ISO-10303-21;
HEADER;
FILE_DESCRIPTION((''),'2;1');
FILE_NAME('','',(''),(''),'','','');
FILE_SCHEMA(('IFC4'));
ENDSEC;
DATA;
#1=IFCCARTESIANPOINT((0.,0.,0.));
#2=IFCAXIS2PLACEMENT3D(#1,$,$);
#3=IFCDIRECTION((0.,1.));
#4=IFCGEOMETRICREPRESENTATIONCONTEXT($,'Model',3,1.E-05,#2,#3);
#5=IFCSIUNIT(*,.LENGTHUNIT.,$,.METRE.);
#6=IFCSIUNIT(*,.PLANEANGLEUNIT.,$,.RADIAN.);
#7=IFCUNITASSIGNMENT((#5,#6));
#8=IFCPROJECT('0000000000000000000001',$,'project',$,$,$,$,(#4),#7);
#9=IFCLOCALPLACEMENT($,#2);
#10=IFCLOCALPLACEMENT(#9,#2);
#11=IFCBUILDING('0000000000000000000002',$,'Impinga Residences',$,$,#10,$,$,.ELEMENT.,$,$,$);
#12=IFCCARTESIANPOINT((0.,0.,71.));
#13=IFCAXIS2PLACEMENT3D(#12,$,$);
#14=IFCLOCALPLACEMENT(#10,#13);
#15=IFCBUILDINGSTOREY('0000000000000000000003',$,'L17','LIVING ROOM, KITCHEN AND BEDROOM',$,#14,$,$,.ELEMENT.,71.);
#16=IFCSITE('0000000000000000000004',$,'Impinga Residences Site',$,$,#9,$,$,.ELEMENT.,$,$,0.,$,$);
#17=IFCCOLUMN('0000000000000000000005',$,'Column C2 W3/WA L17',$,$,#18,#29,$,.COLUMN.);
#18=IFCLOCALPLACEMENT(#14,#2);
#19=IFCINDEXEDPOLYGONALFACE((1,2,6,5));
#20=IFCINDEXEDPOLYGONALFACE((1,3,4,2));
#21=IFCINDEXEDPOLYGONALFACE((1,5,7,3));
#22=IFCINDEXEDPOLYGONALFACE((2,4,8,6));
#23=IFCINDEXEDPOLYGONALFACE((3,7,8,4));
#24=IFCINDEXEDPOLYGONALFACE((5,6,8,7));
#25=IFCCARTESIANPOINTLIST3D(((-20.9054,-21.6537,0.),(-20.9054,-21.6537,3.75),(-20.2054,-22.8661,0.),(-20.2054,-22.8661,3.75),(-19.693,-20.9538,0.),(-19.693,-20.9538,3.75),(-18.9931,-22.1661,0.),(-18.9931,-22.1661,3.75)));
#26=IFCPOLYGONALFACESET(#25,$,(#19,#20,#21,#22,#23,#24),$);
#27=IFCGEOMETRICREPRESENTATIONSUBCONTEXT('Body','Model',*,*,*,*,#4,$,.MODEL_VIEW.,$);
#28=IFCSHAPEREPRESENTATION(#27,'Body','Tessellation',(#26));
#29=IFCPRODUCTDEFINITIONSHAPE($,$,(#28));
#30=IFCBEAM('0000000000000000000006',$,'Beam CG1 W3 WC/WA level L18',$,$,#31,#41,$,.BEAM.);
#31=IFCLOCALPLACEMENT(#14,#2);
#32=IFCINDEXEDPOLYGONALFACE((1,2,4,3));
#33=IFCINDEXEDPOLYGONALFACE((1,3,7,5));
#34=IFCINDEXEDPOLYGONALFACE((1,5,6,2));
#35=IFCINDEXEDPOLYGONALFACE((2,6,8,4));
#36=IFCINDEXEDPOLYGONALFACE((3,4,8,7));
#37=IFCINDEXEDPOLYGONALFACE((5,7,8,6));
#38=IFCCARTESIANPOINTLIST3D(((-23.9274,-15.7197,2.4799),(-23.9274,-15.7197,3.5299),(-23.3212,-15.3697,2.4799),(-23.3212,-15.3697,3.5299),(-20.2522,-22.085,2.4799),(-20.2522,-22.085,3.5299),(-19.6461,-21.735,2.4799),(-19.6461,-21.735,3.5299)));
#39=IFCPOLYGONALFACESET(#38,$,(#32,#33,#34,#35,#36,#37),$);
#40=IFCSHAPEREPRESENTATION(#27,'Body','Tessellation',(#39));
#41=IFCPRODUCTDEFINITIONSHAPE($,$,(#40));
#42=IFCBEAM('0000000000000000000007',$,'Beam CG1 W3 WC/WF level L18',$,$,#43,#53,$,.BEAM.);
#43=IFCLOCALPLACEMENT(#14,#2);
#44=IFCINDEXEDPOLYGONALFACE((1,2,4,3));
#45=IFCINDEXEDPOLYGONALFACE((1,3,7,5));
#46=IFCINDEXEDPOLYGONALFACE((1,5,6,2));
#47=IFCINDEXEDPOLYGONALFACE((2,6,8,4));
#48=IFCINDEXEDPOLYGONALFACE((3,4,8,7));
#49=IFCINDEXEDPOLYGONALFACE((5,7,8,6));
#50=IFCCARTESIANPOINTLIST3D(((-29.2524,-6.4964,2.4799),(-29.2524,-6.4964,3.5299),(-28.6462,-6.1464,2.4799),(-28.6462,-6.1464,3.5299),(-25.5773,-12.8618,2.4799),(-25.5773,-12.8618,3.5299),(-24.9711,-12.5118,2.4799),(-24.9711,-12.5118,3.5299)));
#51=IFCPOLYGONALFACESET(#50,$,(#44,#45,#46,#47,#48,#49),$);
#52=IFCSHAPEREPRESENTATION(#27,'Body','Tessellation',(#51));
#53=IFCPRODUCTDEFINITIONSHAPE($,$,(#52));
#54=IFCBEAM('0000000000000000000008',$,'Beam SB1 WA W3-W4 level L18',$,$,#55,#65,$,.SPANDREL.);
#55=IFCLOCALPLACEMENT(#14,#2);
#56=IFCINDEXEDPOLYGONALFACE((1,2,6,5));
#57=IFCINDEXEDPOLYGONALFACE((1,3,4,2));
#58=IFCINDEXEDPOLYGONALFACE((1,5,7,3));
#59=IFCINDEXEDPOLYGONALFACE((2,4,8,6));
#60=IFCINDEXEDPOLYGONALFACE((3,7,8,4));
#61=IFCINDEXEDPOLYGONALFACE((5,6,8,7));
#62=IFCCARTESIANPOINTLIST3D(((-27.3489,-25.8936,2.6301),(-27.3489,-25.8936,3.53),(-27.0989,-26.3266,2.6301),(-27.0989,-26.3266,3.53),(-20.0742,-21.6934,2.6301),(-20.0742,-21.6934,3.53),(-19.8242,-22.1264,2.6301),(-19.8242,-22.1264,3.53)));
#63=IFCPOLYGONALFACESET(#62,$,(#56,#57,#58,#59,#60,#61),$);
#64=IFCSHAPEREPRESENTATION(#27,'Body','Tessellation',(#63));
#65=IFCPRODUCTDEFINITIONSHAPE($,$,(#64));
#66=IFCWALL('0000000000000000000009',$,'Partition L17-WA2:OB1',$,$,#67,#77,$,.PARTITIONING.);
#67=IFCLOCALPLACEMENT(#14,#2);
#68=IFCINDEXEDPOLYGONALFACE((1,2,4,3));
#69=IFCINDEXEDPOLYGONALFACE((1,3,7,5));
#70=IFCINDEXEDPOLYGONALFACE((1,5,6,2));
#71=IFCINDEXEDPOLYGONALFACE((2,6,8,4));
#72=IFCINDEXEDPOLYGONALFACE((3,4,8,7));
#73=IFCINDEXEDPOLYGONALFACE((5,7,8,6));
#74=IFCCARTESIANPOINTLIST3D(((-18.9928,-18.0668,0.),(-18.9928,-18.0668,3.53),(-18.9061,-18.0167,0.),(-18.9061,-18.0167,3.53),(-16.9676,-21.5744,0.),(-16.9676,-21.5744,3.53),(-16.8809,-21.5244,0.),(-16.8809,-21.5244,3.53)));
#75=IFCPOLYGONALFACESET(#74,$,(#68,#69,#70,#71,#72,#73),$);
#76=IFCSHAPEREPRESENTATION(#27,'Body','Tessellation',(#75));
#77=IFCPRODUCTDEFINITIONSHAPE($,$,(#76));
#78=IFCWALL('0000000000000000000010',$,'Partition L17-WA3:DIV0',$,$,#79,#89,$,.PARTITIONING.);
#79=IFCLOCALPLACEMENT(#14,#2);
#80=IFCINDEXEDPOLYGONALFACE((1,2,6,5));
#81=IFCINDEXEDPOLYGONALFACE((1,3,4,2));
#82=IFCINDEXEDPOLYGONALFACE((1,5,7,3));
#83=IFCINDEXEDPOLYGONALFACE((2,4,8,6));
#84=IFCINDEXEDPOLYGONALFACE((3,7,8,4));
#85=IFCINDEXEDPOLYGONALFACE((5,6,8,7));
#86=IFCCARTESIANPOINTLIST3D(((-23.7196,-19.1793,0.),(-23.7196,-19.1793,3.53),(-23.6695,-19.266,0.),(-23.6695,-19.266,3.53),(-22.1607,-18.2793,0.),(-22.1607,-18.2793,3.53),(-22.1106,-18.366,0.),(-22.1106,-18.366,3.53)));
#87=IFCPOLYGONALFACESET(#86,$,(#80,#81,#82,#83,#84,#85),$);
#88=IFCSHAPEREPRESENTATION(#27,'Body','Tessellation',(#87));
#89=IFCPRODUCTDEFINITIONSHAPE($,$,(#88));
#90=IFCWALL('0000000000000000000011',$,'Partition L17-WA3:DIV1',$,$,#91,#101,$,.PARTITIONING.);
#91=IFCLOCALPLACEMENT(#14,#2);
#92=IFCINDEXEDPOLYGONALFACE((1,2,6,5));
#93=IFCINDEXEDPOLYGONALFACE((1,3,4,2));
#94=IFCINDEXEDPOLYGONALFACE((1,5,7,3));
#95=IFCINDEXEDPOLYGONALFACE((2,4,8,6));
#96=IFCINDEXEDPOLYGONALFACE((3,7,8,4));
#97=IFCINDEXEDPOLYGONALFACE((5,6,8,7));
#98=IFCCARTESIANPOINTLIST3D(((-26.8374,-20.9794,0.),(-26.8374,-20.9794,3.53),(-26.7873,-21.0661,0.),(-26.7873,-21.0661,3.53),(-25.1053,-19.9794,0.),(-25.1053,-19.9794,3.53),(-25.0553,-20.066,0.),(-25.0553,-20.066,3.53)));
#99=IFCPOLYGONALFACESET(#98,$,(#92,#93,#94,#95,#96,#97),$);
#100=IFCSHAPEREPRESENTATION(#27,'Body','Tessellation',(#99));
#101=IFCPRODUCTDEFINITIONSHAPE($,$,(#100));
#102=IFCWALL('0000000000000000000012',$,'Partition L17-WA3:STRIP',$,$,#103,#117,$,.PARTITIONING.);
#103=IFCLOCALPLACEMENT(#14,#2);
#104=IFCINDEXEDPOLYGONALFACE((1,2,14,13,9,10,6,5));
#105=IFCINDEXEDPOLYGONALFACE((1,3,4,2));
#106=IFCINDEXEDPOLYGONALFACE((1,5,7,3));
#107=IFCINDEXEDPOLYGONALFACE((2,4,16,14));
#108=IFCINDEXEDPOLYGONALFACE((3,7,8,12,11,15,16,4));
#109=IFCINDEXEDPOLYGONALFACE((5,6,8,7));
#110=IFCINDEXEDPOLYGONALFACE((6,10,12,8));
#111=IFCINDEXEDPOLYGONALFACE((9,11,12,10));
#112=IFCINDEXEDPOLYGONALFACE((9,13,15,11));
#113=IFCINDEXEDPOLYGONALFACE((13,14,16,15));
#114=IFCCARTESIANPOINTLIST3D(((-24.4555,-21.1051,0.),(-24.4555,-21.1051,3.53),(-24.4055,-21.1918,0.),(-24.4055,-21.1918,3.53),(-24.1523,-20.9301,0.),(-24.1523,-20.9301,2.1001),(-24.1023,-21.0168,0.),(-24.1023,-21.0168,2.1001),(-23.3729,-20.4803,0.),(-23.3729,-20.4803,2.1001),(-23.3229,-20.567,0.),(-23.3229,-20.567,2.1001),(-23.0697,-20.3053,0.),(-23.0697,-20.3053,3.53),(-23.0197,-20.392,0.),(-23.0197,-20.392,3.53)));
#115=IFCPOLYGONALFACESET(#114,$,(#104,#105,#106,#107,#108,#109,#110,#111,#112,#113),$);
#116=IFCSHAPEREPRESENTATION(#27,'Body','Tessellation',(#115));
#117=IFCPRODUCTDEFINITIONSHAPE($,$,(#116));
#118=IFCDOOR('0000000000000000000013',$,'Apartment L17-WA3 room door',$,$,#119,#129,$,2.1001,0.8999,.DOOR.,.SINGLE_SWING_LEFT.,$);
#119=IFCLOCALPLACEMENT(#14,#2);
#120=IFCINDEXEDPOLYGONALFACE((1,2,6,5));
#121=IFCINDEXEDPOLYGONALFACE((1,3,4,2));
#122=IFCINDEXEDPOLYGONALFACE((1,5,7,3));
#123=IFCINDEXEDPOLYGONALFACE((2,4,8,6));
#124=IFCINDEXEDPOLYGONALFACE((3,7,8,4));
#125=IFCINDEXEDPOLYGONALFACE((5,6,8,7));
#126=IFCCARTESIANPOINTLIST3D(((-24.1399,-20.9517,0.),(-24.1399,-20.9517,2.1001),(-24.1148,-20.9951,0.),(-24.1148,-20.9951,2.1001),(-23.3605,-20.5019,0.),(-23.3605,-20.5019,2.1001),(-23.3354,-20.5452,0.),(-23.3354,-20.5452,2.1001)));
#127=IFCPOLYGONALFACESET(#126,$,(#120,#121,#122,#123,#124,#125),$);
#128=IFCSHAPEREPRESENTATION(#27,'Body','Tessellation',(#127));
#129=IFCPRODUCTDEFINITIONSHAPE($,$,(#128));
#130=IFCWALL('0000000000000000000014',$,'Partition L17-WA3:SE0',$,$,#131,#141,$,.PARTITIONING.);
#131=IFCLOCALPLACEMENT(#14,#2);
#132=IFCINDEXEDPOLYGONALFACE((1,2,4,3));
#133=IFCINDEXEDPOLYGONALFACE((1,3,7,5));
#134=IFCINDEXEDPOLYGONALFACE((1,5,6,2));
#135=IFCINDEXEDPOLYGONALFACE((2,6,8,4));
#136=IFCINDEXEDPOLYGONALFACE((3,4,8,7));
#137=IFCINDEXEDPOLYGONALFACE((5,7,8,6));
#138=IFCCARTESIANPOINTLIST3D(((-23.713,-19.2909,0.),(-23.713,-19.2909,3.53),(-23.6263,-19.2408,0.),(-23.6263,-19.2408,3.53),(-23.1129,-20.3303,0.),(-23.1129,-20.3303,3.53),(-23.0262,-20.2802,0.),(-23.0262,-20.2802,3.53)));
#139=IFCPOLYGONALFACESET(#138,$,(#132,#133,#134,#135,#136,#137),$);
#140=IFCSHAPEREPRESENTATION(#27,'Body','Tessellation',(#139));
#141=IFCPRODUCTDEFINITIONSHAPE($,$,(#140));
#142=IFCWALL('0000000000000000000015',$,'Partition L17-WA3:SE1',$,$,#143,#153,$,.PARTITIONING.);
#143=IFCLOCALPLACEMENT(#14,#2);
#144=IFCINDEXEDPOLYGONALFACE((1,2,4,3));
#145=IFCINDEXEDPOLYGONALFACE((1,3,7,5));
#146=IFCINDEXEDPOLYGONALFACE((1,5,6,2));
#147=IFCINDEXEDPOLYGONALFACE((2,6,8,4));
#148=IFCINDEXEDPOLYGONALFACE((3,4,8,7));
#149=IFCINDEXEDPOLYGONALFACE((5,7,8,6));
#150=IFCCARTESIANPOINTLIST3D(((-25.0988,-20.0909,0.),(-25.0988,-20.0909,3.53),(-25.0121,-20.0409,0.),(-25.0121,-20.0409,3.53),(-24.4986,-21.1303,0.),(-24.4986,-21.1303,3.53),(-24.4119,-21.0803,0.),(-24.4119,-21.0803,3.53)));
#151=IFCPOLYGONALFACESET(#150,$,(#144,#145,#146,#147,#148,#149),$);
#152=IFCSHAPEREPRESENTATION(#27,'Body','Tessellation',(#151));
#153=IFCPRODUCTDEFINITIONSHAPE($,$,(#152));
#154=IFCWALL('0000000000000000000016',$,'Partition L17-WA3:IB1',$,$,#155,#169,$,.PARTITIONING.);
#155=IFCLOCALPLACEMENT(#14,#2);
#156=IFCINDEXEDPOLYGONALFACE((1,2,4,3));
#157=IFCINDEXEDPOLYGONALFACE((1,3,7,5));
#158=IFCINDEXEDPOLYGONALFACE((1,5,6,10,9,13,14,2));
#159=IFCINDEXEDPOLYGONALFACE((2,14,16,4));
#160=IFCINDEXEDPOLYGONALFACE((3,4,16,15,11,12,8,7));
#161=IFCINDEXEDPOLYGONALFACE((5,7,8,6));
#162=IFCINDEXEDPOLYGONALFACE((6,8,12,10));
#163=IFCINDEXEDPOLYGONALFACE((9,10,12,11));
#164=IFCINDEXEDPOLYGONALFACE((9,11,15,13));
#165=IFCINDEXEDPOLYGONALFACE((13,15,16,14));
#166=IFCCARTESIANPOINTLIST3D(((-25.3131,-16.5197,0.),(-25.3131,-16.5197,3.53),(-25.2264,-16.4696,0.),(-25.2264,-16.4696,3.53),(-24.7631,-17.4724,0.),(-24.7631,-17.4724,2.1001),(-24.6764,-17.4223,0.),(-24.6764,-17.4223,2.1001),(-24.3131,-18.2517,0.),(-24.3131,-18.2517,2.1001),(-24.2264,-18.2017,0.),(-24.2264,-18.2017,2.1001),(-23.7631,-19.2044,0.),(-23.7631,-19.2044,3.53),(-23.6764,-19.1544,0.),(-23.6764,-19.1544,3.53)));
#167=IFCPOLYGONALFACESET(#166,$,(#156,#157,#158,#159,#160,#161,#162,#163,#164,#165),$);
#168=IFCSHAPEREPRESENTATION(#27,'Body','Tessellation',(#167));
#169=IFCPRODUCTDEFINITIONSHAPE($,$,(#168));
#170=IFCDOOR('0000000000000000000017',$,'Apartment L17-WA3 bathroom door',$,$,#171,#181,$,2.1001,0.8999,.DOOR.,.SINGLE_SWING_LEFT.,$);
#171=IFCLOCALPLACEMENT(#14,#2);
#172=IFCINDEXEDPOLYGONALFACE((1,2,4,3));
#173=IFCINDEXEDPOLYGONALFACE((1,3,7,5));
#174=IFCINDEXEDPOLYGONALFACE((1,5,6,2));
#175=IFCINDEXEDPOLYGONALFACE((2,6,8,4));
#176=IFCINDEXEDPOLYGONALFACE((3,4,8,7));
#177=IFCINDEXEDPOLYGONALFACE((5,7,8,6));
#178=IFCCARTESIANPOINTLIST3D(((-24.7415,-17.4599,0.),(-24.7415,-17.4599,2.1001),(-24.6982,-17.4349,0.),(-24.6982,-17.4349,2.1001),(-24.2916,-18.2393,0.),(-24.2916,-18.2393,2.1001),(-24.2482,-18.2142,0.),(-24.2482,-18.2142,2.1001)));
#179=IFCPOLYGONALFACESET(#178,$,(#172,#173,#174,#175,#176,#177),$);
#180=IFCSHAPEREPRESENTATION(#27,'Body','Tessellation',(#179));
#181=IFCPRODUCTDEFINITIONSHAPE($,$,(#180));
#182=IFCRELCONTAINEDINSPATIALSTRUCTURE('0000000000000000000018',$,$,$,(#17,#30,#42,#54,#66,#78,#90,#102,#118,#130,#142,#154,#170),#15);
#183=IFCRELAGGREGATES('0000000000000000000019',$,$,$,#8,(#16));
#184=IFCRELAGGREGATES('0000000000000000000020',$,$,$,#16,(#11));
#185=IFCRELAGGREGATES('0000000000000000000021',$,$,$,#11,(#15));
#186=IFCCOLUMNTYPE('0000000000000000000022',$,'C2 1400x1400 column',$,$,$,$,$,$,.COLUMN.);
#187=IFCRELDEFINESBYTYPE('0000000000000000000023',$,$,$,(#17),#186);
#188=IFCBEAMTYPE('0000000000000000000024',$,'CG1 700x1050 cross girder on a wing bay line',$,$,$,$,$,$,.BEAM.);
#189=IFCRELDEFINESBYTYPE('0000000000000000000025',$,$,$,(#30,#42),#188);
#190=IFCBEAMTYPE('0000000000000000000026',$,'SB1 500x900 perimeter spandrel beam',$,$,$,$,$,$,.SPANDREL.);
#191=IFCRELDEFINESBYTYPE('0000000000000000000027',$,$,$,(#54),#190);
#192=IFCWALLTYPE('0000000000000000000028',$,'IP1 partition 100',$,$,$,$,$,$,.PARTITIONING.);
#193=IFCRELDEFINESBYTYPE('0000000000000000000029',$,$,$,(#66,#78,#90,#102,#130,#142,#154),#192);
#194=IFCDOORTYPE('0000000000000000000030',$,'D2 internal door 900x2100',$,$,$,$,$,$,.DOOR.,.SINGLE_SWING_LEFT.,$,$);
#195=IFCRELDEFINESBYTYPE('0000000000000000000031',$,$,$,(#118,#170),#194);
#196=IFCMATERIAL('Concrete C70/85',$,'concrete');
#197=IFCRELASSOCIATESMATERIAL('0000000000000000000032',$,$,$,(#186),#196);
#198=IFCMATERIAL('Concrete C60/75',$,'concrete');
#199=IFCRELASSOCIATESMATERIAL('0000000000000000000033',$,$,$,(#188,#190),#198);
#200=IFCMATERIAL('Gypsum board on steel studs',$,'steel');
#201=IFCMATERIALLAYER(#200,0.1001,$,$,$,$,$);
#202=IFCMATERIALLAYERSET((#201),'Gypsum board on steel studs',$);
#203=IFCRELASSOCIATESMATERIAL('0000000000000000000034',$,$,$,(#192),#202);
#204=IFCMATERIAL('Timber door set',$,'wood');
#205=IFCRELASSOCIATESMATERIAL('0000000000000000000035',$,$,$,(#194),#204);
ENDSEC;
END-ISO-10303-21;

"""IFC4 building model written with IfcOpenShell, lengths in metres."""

from ifc_helpers import new_model, si_unit, direction, frame, frame_2d, origin, origin_2d, place, context, subcontext, project, spatial, rectangle, extrude, material, layer, layer_set, material_profile, profile_set, type_object, element, fill, save


model = new_model("IFC4")

# Units and contexts
model_context = context("Model", 3, precision=1e-05, world=origin(), true_north=direction((0.0, 1.0)))
body_context = subcontext(model_context, "Body", "Model", "MODEL_VIEW")
ifc_project = project(units=[si_unit("LENGTHUNIT", "METRE"), si_unit("PLANEANGLEUNIT", "RADIAN")], contexts=[model_context])

# Site, building, storey
site_placement = place(None, origin())
site = spatial("IfcSite", under=ifc_project, at=site_placement, Name="Impinga Residences Site", CompositionType="ELEMENT", RefElevation=0.0)
building_placement = place(site_placement, origin())
building = spatial("IfcBuilding", under=site, at=building_placement, Name="Impinga Residences", CompositionType="ELEMENT")
storey_placement = place(building_placement, frame((0.0, 0.0, 71.0)))
storey = spatial("IfcBuildingStorey", under=building, at=storey_placement, Name="L17", Description="LIVING ROOM, KITCHEN AND BEDROOM", CompositionType="ELEMENT", Elevation=71.0)

# Column
ifc_material_1 = material(Name="Concrete C70/85", Category="concrete")
ifc_material_profile_1 = material_profile(ifc_material_1, rectangle(XDim=1.3999, YDim=1.3999, at=origin_2d()), Name="RC 1400x1400")
ifc_profile_set_1 = profile_set([ifc_material_profile_1], Name="Concrete C70/85")
column_type = type_object("IfcColumnType", Name="C2 1400x1400 column", PredefinedType="COLUMN", material=ifc_profile_set_1)
column_placement = place(storey_placement, frame((-19.9492, -21.9099, 0.0), z_axis=(0.0, 0.0, 1.0), x_axis=(-0.5, 0.866025, 0.0)))
element("IfcColumn", 1, at=column_placement, inside=storey, type_object=column_type, Name="Column C2 W3/WA L17", PredefinedType="COLUMN", context=body_context, shape_type="SweptSolid", body=[
    extrude(rectangle(XDim=1.3999, YDim=1.3999, at=origin_2d()), origin(), (0.0, 0.0, 1.0), 3.75),
])

# Beams
ifc_material_2 = material(Name="Concrete C60/75", Category="concrete")
ifc_material_profile_2 = material_profile(ifc_material_2, rectangle(XDim=0.7, YDim=1.05, at=origin_2d()), Name="RC 700x1050")
ifc_profile_set_2 = profile_set([ifc_material_profile_2], Name="Concrete C60/75")
beam_type_1 = type_object("IfcBeamType", Name="CG1 700x1050 cross girder on a wing bay line", PredefinedType="BEAM", material=ifc_profile_set_2)
for number, where, z_axis, x_axis, name in (
    (2, (-23.6243, -15.5447, 3.0049), (0.500008, -0.866021, 0.0), (0.866021, 0.500008, 0.0), "Beam CG1 W3 WC/WA level L18"),
    (3, (-25.2742, -12.6868, 3.0049), (-0.500008, 0.866021, 0.0), (-0.866021, -0.500008, 0.0), "Beam CG1 W3 WC/WF level L18"),
):
    element("IfcBeam", number, at=place(storey_placement, frame(where, z_axis=z_axis, x_axis=x_axis)), inside=storey, type_object=beam_type_1, Name=name, PredefinedType="BEAM", context=body_context, shape_type="SweptSolid", body=[
        extrude(rectangle(XDim=0.7, YDim=1.05, at=origin_2d()), origin(), (0.0, 0.0, 1.0), 7.3501),
    ])
ifc_material_profile_3 = material_profile(ifc_material_2, rectangle(XDim=0.5, YDim=0.8999, at=origin_2d()), Name="RC 500x900")
ifc_profile_set_3 = profile_set([ifc_material_profile_3], Name="Concrete C60/75")
beam_type_2 = type_object("IfcBeamType", Name="SB1 500x900 perimeter spandrel beam", PredefinedType="SPANDREL", material=ifc_profile_set_3)
beam_placement = place(storey_placement, frame((-19.9492, -21.9099, 3.0801), z_axis=(-0.866017, -0.500015, 0.0), x_axis=(0.500015, -0.866017, 0.0)))
element("IfcBeam", 4, at=beam_placement, inside=storey, type_object=beam_type_2, Name="Beam SB1 WA W3-W4 level L18", PredefinedType="SPANDREL", context=body_context, shape_type="SweptSolid", body=[
    extrude(rectangle(XDim=0.5, YDim=0.8999, at=origin_2d()), origin(), (0.0, 0.0, 1.0), 8.4001),
])

# Walls
ifc_material_3 = material(Name="Gypsum board on steel studs", Category="steel")
ifc_layer_1 = layer(ifc_material_3, 0.1001)
ifc_layer_set_1 = layer_set([ifc_layer_1], Name="Gypsum board on steel studs")
wall_type_1 = type_object("IfcWallType", Name="IP1 partition 100", PredefinedType="PARTITIONING", material=ifc_layer_set_1)
wall_1_placement = place(storey_placement, frame((-18.9495, -18.0417, 0.0), z_axis=(0.0, 0.0, 1.0), x_axis=(0.500009, -0.86602, 0.0)))
element("IfcWall", 5, at=wall_1_placement, inside=storey, type_object=wall_type_1, Name="Partition L17-WA2:OB1", PredefinedType="PARTITIONING", context=body_context, shape_type="SweptSolid", body=[
    extrude(rectangle(XDim=4.0503, YDim=0.1001, at=frame_2d((2.0251, 0.0))), origin(), (0.0, 0.0, 1.0), 3.53),
])
wall_2_placement = place(storey_placement, frame((-22.1357, -18.3228, 0.0), z_axis=(0.0, 0.0, 1.0), x_axis=(-0.866048, -0.499961, 0.0)))
element("IfcWall", 6, at=wall_2_placement, inside=storey, type_object=wall_type_1, Name="Partition L17-WA3:DIV0", PredefinedType="PARTITIONING", context=body_context, shape_type="SweptSolid", body=[
    extrude(rectangle(XDim=1.8, YDim=0.1001, at=frame_2d((0.8999, 0.0))), origin(), (0.0, 0.0, 1.0), 3.53),
])
wall_3_placement = place(storey_placement, frame((-25.0803, -20.0227, 0.0), z_axis=(0.0, 0.0, 1.0), x_axis=(-0.866011, -0.500025, 0.0)))
element("IfcWall", 7, at=wall_3_placement, inside=storey, type_object=wall_type_1, Name="Partition L17-WA3:DIV1", PredefinedType="PARTITIONING", context=body_context, shape_type="SweptSolid", body=[
    extrude(rectangle(XDim=2.0, YDim=0.1001, at=frame_2d((1.0, 0.0))), origin(), (0.0, 0.0, 1.0), 3.53),
])

# Wall, opening, door
wall_4_placement = place(storey_placement, frame((-23.0447, -20.3486, 0.0), z_axis=(0.0, 0.0, 1.0), x_axis=(-0.866094, -0.499881, 0.0)))
wall_4 = element("IfcWall", 8, at=wall_4_placement, inside=storey, type_object=wall_type_1, Name="Partition L17-WA3:STRIP", PredefinedType="PARTITIONING", context=body_context, shape_type="SweptSolid", body=[
    extrude(rectangle(XDim=1.6001, YDim=0.1001, at=frame_2d((0.8, 0.0))), origin(), (0.0, 0.0, 1.0), 3.53),
])
opening_1_placement = place(wall_4_placement, frame((0.3501, 0.0, 0.0)))
opening_1 = element("IfcOpeningElement", 9, at=opening_1_placement, cuts=wall_4, PredefinedType="OPENING", context=body_context, shape_type="SweptSolid", body=[
    extrude(rectangle(XDim=0.8999, YDim=2.1001, at=frame_2d((0.45, 1.05))), frame((0.0, 0.0601, 0.0), z_axis=(0.0, -1.0, 0.0), x_axis=(1.0, 0.0, 0.0)), (0.0, 0.0, 1.0), 0.1201),
])
ifc_material_4 = material(Name="Timber door set", Category="wood")
door_type = type_object("IfcDoorType", Name="D2 internal door 900x2100", OperationType="SINGLE_SWING_LEFT", PredefinedType="DOOR", material=ifc_material_4)
door_1_placement = place(opening_1_placement, origin())
door_1 = element("IfcDoor", 10, at=door_1_placement, inside=storey, type_object=door_type, Name="Apartment L17-WA3 room door", OperationType="SINGLE_SWING_LEFT", OverallHeight=2.1001, OverallWidth=0.8999, PredefinedType="DOOR", context=body_context, shape_type="SweptSolid", body=[
    extrude(rectangle(XDim=0.8999, YDim=2.1001, at=frame_2d((0.45, 1.05))), frame((0.0, 0.0249, 0.0), z_axis=(0.0, -1.0, 0.0), x_axis=(1.0, 0.0, 0.0)), (0.0, 0.0, 1.0), 0.05),
])
fill(opening_1, door_1)

# Walls
for number, where, z_axis, x_axis, name in (
    (11, (-23.6697, -19.2659, 0.0), (0.0, 0.0, 1.0), (0.500034, -0.866006, 0.0), "Partition L17-WA3:SE0"),
    (12, (-25.0554, -20.0659, 0.0), (0.0, 0.0, 1.0), (0.500034, -0.866006, 0.0), "Partition L17-WA3:SE1"),
):
    element("IfcWall", number, at=place(storey_placement, frame(where, z_axis=z_axis, x_axis=x_axis)), inside=storey, type_object=wall_type_1, Name=name, PredefinedType="PARTITIONING", context=body_context, shape_type="SweptSolid", body=[
        extrude(rectangle(XDim=1.2002, YDim=0.1001, at=frame_2d((0.6001, 0.0))), origin(), (0.0, 0.0, 1.0), 3.53),
    ])

# Wall, opening, door
wall_5_placement = place(storey_placement, frame((-25.2698, -16.4946, 0.0), z_axis=(0.0, 0.0, 1.0), x_axis=(0.499993, -0.86603, 0.0)))
wall_5 = element("IfcWall", 13, at=wall_5_placement, inside=storey, type_object=wall_type_1, Name="Partition L17-WA3:IB1", PredefinedType="PARTITIONING", context=body_context, shape_type="SweptSolid", body=[
    extrude(rectangle(XDim=3.1001, YDim=0.1001, at=frame_2d((1.55, 0.0))), origin(), (0.0, 0.0, 1.0), 3.53),
])
opening_2_placement = place(wall_5_placement, frame((1.1001, 0.0, 0.0)))
opening_2 = element("IfcOpeningElement", 14, at=opening_2_placement, cuts=wall_5, PredefinedType="OPENING", context=body_context, shape_type="SweptSolid", body=[
    extrude(rectangle(XDim=0.8999, YDim=2.1001, at=frame_2d((0.45, 1.05))), frame((0.0, 0.0601, 0.0), z_axis=(0.0, -1.0, 0.0), x_axis=(1.0, 0.0, 0.0)), (0.0, 0.0, 1.0), 0.1201),
])
door_2_placement = place(opening_2_placement, origin())
door_2 = element("IfcDoor", 15, at=door_2_placement, inside=storey, type_object=door_type, Name="Apartment L17-WA3 bathroom door", OperationType="SINGLE_SWING_LEFT", OverallHeight=2.1001, OverallWidth=0.8999, PredefinedType="DOOR", context=body_context, shape_type="SweptSolid", body=[
    extrude(rectangle(XDim=0.8999, YDim=2.1001, at=frame_2d((0.45, 1.05))), frame((0.0, 0.0249, 0.0), z_axis=(0.0, -1.0, 0.0), x_axis=(1.0, 0.0, 0.0)), (0.0, 0.0, 1.0), 0.05),
])
fill(opening_2, door_2)

save(model, "model.ifc")
